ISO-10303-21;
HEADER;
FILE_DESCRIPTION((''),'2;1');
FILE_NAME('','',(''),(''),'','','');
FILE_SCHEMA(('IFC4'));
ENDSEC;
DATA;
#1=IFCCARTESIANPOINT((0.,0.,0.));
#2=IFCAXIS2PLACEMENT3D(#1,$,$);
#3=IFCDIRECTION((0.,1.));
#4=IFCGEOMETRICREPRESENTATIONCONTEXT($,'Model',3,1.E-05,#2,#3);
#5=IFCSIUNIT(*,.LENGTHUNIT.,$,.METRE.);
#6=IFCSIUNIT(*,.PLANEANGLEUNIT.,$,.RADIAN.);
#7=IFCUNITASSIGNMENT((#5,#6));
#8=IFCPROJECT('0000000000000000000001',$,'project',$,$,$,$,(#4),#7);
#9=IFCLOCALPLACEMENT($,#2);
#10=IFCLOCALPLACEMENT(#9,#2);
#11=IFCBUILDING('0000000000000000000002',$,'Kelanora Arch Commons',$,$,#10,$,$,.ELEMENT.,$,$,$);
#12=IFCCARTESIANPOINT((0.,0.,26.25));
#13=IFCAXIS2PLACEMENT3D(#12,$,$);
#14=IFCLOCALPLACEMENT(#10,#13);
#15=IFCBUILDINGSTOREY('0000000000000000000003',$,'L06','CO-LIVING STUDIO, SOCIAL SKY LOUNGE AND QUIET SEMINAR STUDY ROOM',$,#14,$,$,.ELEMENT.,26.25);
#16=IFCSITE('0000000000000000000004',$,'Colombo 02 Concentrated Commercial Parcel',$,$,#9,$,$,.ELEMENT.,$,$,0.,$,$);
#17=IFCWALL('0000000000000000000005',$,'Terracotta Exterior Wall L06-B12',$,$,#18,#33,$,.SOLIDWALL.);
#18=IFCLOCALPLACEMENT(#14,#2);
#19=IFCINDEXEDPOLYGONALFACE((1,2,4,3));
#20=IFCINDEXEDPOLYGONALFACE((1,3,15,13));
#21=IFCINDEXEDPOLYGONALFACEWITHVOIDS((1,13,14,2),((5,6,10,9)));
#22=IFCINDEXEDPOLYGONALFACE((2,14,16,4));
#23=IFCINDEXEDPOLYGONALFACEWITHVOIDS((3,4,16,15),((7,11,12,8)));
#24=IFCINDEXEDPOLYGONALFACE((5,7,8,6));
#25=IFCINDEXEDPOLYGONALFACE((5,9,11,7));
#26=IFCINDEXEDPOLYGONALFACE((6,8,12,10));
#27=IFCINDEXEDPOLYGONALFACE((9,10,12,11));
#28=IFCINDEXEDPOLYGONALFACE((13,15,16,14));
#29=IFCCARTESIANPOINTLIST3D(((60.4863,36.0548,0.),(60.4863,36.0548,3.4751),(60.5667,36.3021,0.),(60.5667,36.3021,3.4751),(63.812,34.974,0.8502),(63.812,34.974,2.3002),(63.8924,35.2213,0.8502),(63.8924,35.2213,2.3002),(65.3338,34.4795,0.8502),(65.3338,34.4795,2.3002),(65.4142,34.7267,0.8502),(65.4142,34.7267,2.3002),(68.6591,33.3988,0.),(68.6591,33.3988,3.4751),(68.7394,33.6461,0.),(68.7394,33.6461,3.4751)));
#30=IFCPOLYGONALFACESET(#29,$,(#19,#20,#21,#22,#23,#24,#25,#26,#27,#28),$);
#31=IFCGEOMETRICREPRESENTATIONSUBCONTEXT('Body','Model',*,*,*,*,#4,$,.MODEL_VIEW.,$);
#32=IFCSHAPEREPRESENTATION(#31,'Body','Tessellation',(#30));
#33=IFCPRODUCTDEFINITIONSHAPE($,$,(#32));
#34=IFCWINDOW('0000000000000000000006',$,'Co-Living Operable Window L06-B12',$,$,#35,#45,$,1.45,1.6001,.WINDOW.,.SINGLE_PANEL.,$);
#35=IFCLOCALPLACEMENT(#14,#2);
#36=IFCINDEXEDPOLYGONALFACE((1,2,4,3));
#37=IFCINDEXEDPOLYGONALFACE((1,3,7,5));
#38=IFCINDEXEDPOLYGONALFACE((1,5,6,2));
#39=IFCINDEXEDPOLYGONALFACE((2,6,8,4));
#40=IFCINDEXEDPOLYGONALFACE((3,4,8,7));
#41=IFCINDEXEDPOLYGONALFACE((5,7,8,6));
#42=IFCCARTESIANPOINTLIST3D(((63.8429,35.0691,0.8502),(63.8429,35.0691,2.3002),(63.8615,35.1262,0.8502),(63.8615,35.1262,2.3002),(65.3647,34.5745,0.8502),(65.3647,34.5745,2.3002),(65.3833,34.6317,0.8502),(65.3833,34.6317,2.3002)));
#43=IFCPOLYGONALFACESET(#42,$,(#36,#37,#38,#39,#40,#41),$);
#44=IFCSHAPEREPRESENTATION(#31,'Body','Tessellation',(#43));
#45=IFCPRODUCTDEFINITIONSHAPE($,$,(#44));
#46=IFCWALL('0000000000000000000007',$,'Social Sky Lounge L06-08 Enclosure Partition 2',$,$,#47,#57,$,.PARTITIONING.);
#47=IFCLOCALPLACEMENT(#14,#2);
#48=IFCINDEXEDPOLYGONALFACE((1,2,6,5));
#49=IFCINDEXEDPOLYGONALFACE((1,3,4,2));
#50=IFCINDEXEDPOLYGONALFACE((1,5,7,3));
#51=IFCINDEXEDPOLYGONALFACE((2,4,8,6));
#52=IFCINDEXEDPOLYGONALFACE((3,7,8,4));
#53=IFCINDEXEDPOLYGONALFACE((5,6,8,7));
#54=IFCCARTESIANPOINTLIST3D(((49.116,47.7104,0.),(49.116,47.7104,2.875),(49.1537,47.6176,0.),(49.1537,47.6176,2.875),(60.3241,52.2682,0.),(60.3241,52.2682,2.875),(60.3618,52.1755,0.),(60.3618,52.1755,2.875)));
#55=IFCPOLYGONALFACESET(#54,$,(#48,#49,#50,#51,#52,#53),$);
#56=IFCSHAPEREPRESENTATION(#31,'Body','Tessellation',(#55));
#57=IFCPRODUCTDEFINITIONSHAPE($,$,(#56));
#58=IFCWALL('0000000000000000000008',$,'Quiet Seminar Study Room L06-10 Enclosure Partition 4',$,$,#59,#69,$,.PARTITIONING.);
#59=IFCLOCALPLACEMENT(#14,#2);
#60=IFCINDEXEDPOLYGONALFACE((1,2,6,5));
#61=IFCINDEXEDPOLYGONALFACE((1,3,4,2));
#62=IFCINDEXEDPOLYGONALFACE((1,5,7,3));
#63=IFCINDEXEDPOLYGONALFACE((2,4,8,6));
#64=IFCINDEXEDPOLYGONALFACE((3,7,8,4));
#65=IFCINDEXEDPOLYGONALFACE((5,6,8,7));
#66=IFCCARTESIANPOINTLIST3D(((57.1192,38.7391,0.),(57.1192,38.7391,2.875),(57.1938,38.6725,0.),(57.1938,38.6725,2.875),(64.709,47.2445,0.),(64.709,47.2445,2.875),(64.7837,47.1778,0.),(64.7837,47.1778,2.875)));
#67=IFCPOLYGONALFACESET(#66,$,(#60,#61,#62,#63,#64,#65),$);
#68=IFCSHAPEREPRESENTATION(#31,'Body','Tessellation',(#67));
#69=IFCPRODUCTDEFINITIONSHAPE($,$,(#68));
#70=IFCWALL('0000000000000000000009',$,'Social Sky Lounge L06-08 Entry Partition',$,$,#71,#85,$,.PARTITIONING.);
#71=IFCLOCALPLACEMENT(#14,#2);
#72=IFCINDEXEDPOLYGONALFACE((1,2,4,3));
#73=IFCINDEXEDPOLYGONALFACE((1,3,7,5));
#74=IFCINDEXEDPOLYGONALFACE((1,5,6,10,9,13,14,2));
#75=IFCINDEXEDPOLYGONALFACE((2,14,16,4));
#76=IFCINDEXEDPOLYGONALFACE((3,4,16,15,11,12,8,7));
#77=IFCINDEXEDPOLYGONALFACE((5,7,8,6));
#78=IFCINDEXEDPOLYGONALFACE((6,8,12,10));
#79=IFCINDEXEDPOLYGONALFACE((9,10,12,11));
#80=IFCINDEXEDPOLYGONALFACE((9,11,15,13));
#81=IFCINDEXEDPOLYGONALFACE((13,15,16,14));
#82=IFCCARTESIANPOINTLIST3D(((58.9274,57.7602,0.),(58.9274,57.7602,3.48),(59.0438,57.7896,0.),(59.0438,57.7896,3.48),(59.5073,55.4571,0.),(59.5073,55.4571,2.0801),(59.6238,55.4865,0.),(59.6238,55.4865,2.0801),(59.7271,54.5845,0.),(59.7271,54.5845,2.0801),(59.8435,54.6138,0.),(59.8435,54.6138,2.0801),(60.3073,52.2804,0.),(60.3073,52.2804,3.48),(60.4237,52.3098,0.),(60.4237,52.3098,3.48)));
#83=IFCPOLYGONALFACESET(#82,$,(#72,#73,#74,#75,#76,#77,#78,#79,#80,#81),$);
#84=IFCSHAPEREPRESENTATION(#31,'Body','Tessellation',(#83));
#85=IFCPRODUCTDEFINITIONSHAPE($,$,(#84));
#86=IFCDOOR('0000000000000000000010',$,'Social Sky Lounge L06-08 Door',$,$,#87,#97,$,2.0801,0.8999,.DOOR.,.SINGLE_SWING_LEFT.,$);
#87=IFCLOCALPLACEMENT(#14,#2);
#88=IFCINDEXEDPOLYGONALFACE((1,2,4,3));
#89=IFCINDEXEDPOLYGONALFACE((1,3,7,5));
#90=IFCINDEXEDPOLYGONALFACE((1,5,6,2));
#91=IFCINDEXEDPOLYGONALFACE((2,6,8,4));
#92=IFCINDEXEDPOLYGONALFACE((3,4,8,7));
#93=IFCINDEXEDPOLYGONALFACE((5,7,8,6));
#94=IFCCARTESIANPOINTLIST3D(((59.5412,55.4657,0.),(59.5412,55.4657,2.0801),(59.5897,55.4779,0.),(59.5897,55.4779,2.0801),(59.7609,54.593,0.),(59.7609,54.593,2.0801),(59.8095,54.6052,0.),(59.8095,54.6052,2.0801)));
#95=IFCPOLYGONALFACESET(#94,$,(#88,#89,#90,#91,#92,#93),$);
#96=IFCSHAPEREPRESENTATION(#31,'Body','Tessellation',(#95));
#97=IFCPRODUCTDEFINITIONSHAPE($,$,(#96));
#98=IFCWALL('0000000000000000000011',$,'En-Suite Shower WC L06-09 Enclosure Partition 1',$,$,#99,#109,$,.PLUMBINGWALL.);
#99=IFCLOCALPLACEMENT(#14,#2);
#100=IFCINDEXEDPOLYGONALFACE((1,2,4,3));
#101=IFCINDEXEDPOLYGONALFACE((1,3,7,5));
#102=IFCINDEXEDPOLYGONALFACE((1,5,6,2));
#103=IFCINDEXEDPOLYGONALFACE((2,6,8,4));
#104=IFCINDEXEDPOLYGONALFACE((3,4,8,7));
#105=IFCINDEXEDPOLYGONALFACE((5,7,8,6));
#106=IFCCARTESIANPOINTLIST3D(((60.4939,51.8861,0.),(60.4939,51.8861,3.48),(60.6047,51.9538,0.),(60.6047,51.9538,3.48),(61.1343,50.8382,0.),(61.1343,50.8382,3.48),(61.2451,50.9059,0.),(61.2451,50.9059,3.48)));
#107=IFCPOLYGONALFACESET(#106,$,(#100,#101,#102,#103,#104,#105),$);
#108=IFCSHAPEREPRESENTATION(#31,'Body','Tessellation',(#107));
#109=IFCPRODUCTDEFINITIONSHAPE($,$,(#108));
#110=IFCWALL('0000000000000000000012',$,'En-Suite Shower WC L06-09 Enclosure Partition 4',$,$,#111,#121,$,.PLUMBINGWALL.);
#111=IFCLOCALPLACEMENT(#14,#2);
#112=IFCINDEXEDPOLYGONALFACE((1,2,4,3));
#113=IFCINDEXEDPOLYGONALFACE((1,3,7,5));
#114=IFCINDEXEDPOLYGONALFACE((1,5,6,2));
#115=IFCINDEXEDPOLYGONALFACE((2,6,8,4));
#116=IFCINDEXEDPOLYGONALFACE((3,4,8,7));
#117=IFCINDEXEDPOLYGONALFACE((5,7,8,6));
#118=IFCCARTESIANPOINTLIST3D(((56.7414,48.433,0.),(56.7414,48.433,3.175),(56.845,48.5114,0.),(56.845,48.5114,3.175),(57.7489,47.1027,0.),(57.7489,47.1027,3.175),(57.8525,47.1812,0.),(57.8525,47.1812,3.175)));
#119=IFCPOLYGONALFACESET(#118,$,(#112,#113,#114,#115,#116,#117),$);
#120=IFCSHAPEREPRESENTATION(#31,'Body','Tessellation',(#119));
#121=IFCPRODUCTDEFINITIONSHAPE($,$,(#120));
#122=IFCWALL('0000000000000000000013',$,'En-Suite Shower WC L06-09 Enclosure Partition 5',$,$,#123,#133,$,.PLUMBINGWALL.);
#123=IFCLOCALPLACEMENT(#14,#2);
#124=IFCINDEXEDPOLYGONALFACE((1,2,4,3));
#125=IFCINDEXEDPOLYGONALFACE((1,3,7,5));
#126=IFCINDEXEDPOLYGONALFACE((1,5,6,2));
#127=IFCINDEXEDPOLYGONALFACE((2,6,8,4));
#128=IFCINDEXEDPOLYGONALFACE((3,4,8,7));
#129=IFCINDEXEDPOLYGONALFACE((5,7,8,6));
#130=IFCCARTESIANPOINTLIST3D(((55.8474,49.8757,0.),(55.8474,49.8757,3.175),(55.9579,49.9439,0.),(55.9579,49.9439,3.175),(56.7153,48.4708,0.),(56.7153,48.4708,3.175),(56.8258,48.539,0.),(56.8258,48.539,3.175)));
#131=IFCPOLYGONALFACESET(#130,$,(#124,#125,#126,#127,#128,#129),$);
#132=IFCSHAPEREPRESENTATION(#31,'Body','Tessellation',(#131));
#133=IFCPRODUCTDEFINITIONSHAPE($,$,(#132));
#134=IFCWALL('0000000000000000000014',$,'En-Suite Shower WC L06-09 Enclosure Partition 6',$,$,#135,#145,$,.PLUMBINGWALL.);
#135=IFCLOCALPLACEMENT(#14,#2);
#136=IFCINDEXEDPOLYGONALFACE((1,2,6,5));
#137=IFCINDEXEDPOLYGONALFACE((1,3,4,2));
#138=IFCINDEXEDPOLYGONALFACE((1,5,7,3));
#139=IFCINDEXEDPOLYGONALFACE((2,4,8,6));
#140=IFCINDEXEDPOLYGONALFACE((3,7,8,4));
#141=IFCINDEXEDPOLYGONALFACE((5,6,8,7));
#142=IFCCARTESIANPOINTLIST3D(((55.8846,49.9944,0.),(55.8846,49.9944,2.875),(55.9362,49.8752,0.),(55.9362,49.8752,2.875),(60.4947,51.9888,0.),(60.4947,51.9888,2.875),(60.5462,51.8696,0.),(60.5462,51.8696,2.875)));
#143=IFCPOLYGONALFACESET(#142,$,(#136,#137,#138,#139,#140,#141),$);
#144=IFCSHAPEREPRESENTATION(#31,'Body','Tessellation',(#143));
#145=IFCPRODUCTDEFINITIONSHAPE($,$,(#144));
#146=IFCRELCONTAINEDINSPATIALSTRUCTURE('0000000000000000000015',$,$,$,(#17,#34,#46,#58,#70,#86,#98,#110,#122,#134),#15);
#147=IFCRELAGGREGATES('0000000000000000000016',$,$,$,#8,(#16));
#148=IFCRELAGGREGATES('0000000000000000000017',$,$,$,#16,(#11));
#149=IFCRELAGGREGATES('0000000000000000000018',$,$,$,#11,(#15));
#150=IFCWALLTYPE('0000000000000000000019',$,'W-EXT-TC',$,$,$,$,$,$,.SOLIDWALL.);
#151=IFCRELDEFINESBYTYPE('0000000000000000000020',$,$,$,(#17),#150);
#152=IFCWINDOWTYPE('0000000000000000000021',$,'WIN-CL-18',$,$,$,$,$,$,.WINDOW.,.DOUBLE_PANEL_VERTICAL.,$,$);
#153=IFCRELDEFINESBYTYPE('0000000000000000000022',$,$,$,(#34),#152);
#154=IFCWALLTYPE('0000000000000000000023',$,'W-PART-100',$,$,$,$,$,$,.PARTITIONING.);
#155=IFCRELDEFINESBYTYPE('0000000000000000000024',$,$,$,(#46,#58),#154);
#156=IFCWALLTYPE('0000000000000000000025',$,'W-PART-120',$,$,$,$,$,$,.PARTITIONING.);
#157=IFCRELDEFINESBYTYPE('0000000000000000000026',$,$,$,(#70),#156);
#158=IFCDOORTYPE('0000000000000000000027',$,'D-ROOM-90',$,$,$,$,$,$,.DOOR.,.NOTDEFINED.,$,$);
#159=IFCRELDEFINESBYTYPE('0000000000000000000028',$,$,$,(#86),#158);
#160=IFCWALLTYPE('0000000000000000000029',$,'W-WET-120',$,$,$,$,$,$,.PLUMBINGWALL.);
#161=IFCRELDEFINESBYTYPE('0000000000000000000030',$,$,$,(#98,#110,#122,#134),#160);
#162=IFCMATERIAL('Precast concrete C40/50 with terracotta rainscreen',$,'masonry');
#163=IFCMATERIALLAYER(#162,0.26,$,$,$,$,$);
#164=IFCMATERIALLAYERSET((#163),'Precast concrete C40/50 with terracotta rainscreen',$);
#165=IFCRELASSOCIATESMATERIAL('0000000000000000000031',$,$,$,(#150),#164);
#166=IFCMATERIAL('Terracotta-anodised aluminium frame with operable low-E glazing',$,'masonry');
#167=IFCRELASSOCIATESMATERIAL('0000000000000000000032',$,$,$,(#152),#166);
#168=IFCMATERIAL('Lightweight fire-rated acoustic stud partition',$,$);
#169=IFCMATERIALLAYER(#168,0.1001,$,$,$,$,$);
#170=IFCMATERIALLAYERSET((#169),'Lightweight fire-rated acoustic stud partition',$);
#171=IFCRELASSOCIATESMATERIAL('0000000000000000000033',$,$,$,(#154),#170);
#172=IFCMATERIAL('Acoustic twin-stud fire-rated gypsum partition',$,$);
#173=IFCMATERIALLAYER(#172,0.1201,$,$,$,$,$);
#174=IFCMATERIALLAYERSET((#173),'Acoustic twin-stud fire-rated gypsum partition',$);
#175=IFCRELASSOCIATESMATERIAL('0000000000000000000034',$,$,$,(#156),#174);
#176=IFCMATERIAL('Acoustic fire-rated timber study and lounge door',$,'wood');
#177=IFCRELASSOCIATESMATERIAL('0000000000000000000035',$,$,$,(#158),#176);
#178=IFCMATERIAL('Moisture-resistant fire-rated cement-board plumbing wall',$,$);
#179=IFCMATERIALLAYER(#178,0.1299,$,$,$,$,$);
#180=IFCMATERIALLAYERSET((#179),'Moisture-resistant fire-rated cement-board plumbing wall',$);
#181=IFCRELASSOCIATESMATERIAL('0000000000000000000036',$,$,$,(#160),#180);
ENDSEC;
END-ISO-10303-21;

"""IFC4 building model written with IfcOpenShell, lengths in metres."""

from ifc_helpers import new_model, si_unit, direction, frame, frame_2d, origin, place, context, subcontext, project, spatial, rectangle, extrude, material, layer, layer_set, type_object, element, fill, save


model = new_model("IFC4")

# Units and contexts
model_context = context("Model", 3, precision=1e-05, world=origin(), true_north=direction((0.0, 1.0)))
body_context = subcontext(model_context, "Body", "Model", "MODEL_VIEW")
ifc_project = project(units=[si_unit("LENGTHUNIT", "METRE"), si_unit("PLANEANGLEUNIT", "RADIAN")], contexts=[model_context])

# Site, building, storey
site_placement = place(None, origin())
site = spatial("IfcSite", under=ifc_project, at=site_placement, Name="Colombo 02 Concentrated Commercial Parcel", CompositionType="ELEMENT", RefElevation=0.0)
building_placement = place(site_placement, origin())
building = spatial("IfcBuilding", under=site, at=building_placement, Name="Kelanora Arch Commons", CompositionType="ELEMENT")
storey_placement = place(building_placement, frame((0.0, 0.0, 26.25)))
storey = spatial("IfcBuildingStorey", under=building, at=storey_placement, Name="L06", Description="CO-LIVING STUDIO, SOCIAL SKY LOUNGE AND QUIET SEMINAR STUDY ROOM", CompositionType="ELEMENT", Elevation=26.25)

# Wall, opening, window
ifc_material_1 = material(Name="Precast concrete C40/50 with terracotta rainscreen", Category="masonry")
ifc_layer_1 = layer(ifc_material_1, 0.26)
ifc_layer_set_1 = layer_set([ifc_layer_1], Name="Precast concrete C40/50 with terracotta rainscreen")
wall_type_1 = type_object("IfcWallType", Name="W-EXT-TC", PredefinedType="SOLIDWALL", material=ifc_layer_set_1)
ifc_material_2 = material(Name="Terracotta-anodised aluminium frame with operable low-E glazing", Category="masonry")
window_type = type_object("IfcWindowType", Name="WIN-CL-18", PartitioningType="DOUBLE_PANEL_VERTICAL", PredefinedType="WINDOW", material=ifc_material_2)
wall_1_placement = place(storey_placement, frame((60.5264, 36.1785, 0.0), z_axis=(0.0, 0.0, 1.0), x_axis=(0.95104, -0.309068, 0.0)))
wall_1 = element("IfcWall", 1, at=wall_1_placement, inside=storey, type_object=wall_type_1, Name="Terracotta Exterior Wall L06-B12", PredefinedType="SOLIDWALL", context=body_context, shape_type="SweptSolid", body=[
    extrude(rectangle(XDim=8.5935, YDim=0.26, at=frame_2d((4.2969, 0.0))), origin(), (0.0, 0.0, 1.0), 3.4751),
])
opening_1_placement = place(wall_1_placement, frame((3.4971, 0.0, 0.8501)))
opening_1 = element("IfcOpeningElement", 2, at=opening_1_placement, cuts=wall_1, PredefinedType="OPENING", context=body_context, shape_type="SweptSolid", body=[
    extrude(rectangle(XDim=1.6001, YDim=1.45, at=frame_2d((0.8, 0.7251))), frame((0.0, 0.1401, 0.0), z_axis=(0.0, -1.0, 0.0), x_axis=(1.0, 0.0, 0.0)), (0.0, 0.0, 1.0), 0.28),
])
window_1_placement = place(opening_1_placement, origin())
window_1 = element("IfcWindow", 3, at=window_1_placement, inside=storey, type_object=window_type, Name="Co-Living Operable Window L06-B12", OverallHeight=1.45, OverallWidth=1.6001, PartitioningType="SINGLE_PANEL", PredefinedType="WINDOW", context=body_context, shape_type="SweptSolid", body=[
    extrude(rectangle(XDim=1.6001, YDim=1.45, at=frame_2d((0.8, 0.7251))), frame((0.0, 0.03, 0.0), z_axis=(0.0, -1.0, 0.0), x_axis=(1.0, 0.0, 0.0)), (0.0, 0.0, 1.0), 0.0601),
])
fill(opening_1, window_1)

# Walls
ifc_material_3 = material(Name="Lightweight fire-rated acoustic stud partition")
ifc_layer_2 = layer(ifc_material_3, 0.1001)
ifc_layer_set_2 = layer_set([ifc_layer_2], Name="Lightweight fire-rated acoustic stud partition")
wall_type_2 = type_object("IfcWallType", Name="W-PART-100", PredefinedType="PARTITIONING", material=ifc_layer_set_2)
wall_2_placement = place(storey_placement, frame((60.343, 52.2219, 0.0), z_axis=(0.0, 0.0, 1.0), x_axis=(-0.926334, -0.376704, 0.0)))
element("IfcWall", 4, at=wall_2_placement, inside=storey, type_object=wall_type_2, Name="Social Sky Lounge L06-08 Enclosure Partition 2", PredefinedType="PARTITIONING", context=body_context, shape_type="SweptSolid", body=[
    extrude(rectangle(XDim=12.0994, YDim=0.1001, at=frame_2d((6.0498, 0.0))), origin(), (0.0, 0.0, 1.0), 2.875),
])
wall_3_placement = place(storey_placement, frame((57.1565, 38.7058, 0.0), z_axis=(0.0, 0.0, 1.0), x_axis=(0.665809, 0.746122, 0.0)))
element("IfcWall", 5, at=wall_3_placement, inside=storey, type_object=wall_type_2, Name="Quiet Seminar Study Room L06-10 Enclosure Partition 4", PredefinedType="PARTITIONING", context=body_context, shape_type="SweptSolid", body=[
    extrude(rectangle(XDim=11.3994, YDim=0.1001, at=frame_2d((5.6997, 0.0))), origin(), (0.0, 0.0, 1.0), 2.875),
])

# Wall, opening, door
ifc_material_4 = material(Name="Acoustic twin-stud fire-rated gypsum partition")
ifc_layer_3 = layer(ifc_material_4, 0.1201)
ifc_layer_set_3 = layer_set([ifc_layer_3], Name="Acoustic twin-stud fire-rated gypsum partition")
wall_type_3 = type_object("IfcWallType", Name="W-PART-120", PredefinedType="PARTITIONING", material=ifc_layer_set_3)
wall_4_placement = place(storey_placement, frame((58.9856, 57.7749, 0.0), z_axis=(0.0, 0.0, 1.0), x_axis=(0.244192, -0.969727, 0.0)))
wall_4 = element("IfcWall", 6, at=wall_4_placement, inside=storey, type_object=wall_type_3, Name="Social Sky Lounge L06-08 Entry Partition", PredefinedType="PARTITIONING", context=body_context, shape_type="SweptSolid", body=[
    extrude(rectangle(XDim=5.6509, YDim=0.1201, at=frame_2d((2.8254, 0.0))), origin(), (0.0, 0.0, 1.0), 3.48),
])
opening_2_placement = place(wall_4_placement, frame((2.375, 0.0, 0.0)))
opening_2 = element("IfcOpeningElement", 7, at=opening_2_placement, cuts=wall_4, PredefinedType="OPENING", context=body_context, shape_type="SweptSolid", body=[
    extrude(rectangle(XDim=0.8999, YDim=2.0801, at=frame_2d((0.45, 1.04))), frame((0.0, 0.0701, 0.0), z_axis=(0.0, -1.0, 0.0), x_axis=(1.0, 0.0, 0.0)), (0.0, 0.0, 1.0), 0.1401),
])
ifc_material_5 = material(Name="Acoustic fire-rated timber study and lounge door", Category="wood")
door_type = type_object("IfcDoorType", Name="D-ROOM-90", OperationType="NOTDEFINED", PredefinedType="DOOR", material=ifc_material_5)
door_placement = place(opening_2_placement, origin())
door = element("IfcDoor", 8, at=door_placement, inside=storey, type_object=door_type, Name="Social Sky Lounge L06-08 Door", OperationType="SINGLE_SWING_LEFT", OverallHeight=2.0801, OverallWidth=0.8999, PredefinedType="DOOR", context=body_context, shape_type="SweptSolid", body=[
    extrude(rectangle(XDim=0.8999, YDim=2.0801, at=frame_2d((0.45, 1.04))), frame((0.0, 0.0249, 0.0), z_axis=(0.0, -1.0, 0.0), x_axis=(1.0, 0.0, 0.0)), (0.0, 0.0, 1.0), 0.05),
])
fill(opening_2, door)

# Walls
ifc_material_6 = material(Name="Moisture-resistant fire-rated cement-board plumbing wall")
ifc_layer_4 = layer(ifc_material_6, 0.1299)
ifc_layer_set_4 = layer_set([ifc_layer_4], Name="Moisture-resistant fire-rated cement-board plumbing wall")
wall_type_4 = type_object("IfcWallType", Name="W-WET-120", PredefinedType="PLUMBINGWALL", material=ifc_layer_set_4)
wall_5_placement = place(storey_placement, frame((60.5493, 51.9199, 0.0), z_axis=(0.0, 0.0, 1.0), x_axis=(0.521466, -0.853272, 0.0)))
element("IfcWall", 9, at=wall_5_placement, inside=storey, type_object=wall_type_4, Name="En-Suite Shower WC L06-09 Enclosure Partition 1", PredefinedType="PLUMBINGWALL", context=body_context, shape_type="SweptSolid", body=[
    extrude(rectangle(XDim=1.228, YDim=0.1299, at=frame_2d((0.614, 0.0))), origin(), (0.0, 0.0, 1.0), 3.48),
])
wall_6_placement = place(storey_placement, frame((57.8008, 47.1418, 0.0), z_axis=(0.0, 0.0, 1.0), x_axis=(-0.603762, 0.797165, 0.0)))
element("IfcWall", 10, at=wall_6_placement, inside=storey, type_object=wall_type_4, Name="En-Suite Shower WC L06-09 Enclosure Partition 4", PredefinedType="PLUMBINGWALL", context=body_context, shape_type="SweptSolid", body=[
    extrude(rectangle(XDim=1.6687, YDim=0.1299, at=frame_2d((0.8345, 0.0))), origin(), (0.0, 0.0, 1.0), 3.175),
])
wall_7_placement = place(storey_placement, frame((56.7705, 48.5049, 0.0), z_axis=(0.0, 0.0, 1.0), x_axis=(-0.52554, 0.850769, 0.0)))
element("IfcWall", 11, at=wall_7_placement, inside=storey, type_object=wall_type_4, Name="En-Suite Shower WC L06-09 Enclosure Partition 5", PredefinedType="PLUMBINGWALL", context=body_context, shape_type="SweptSolid", body=[
    extrude(rectangle(XDim=1.6514, YDim=0.1299, at=frame_2d((0.8257, 0.0))), origin(), (0.0, 0.0, 1.0), 3.175),
])
wall_8_placement = place(storey_placement, frame((55.9104, 49.9348, 0.0), z_axis=(0.0, 0.0, 1.0), x_axis=(0.917797, 0.397049, 0.0)))
element("IfcWall", 12, at=wall_8_placement, inside=storey, type_object=wall_type_4, Name="En-Suite Shower WC L06-09 Enclosure Partition 6", PredefinedType="PLUMBINGWALL", context=body_context, shape_type="SweptSolid", body=[
    extrude(rectangle(XDim=5.0229, YDim=0.1299, at=frame_2d((2.5115, 0.0))), origin(), (0.0, 0.0, 1.0), 2.875),
])

save(model, "model.ifc")
